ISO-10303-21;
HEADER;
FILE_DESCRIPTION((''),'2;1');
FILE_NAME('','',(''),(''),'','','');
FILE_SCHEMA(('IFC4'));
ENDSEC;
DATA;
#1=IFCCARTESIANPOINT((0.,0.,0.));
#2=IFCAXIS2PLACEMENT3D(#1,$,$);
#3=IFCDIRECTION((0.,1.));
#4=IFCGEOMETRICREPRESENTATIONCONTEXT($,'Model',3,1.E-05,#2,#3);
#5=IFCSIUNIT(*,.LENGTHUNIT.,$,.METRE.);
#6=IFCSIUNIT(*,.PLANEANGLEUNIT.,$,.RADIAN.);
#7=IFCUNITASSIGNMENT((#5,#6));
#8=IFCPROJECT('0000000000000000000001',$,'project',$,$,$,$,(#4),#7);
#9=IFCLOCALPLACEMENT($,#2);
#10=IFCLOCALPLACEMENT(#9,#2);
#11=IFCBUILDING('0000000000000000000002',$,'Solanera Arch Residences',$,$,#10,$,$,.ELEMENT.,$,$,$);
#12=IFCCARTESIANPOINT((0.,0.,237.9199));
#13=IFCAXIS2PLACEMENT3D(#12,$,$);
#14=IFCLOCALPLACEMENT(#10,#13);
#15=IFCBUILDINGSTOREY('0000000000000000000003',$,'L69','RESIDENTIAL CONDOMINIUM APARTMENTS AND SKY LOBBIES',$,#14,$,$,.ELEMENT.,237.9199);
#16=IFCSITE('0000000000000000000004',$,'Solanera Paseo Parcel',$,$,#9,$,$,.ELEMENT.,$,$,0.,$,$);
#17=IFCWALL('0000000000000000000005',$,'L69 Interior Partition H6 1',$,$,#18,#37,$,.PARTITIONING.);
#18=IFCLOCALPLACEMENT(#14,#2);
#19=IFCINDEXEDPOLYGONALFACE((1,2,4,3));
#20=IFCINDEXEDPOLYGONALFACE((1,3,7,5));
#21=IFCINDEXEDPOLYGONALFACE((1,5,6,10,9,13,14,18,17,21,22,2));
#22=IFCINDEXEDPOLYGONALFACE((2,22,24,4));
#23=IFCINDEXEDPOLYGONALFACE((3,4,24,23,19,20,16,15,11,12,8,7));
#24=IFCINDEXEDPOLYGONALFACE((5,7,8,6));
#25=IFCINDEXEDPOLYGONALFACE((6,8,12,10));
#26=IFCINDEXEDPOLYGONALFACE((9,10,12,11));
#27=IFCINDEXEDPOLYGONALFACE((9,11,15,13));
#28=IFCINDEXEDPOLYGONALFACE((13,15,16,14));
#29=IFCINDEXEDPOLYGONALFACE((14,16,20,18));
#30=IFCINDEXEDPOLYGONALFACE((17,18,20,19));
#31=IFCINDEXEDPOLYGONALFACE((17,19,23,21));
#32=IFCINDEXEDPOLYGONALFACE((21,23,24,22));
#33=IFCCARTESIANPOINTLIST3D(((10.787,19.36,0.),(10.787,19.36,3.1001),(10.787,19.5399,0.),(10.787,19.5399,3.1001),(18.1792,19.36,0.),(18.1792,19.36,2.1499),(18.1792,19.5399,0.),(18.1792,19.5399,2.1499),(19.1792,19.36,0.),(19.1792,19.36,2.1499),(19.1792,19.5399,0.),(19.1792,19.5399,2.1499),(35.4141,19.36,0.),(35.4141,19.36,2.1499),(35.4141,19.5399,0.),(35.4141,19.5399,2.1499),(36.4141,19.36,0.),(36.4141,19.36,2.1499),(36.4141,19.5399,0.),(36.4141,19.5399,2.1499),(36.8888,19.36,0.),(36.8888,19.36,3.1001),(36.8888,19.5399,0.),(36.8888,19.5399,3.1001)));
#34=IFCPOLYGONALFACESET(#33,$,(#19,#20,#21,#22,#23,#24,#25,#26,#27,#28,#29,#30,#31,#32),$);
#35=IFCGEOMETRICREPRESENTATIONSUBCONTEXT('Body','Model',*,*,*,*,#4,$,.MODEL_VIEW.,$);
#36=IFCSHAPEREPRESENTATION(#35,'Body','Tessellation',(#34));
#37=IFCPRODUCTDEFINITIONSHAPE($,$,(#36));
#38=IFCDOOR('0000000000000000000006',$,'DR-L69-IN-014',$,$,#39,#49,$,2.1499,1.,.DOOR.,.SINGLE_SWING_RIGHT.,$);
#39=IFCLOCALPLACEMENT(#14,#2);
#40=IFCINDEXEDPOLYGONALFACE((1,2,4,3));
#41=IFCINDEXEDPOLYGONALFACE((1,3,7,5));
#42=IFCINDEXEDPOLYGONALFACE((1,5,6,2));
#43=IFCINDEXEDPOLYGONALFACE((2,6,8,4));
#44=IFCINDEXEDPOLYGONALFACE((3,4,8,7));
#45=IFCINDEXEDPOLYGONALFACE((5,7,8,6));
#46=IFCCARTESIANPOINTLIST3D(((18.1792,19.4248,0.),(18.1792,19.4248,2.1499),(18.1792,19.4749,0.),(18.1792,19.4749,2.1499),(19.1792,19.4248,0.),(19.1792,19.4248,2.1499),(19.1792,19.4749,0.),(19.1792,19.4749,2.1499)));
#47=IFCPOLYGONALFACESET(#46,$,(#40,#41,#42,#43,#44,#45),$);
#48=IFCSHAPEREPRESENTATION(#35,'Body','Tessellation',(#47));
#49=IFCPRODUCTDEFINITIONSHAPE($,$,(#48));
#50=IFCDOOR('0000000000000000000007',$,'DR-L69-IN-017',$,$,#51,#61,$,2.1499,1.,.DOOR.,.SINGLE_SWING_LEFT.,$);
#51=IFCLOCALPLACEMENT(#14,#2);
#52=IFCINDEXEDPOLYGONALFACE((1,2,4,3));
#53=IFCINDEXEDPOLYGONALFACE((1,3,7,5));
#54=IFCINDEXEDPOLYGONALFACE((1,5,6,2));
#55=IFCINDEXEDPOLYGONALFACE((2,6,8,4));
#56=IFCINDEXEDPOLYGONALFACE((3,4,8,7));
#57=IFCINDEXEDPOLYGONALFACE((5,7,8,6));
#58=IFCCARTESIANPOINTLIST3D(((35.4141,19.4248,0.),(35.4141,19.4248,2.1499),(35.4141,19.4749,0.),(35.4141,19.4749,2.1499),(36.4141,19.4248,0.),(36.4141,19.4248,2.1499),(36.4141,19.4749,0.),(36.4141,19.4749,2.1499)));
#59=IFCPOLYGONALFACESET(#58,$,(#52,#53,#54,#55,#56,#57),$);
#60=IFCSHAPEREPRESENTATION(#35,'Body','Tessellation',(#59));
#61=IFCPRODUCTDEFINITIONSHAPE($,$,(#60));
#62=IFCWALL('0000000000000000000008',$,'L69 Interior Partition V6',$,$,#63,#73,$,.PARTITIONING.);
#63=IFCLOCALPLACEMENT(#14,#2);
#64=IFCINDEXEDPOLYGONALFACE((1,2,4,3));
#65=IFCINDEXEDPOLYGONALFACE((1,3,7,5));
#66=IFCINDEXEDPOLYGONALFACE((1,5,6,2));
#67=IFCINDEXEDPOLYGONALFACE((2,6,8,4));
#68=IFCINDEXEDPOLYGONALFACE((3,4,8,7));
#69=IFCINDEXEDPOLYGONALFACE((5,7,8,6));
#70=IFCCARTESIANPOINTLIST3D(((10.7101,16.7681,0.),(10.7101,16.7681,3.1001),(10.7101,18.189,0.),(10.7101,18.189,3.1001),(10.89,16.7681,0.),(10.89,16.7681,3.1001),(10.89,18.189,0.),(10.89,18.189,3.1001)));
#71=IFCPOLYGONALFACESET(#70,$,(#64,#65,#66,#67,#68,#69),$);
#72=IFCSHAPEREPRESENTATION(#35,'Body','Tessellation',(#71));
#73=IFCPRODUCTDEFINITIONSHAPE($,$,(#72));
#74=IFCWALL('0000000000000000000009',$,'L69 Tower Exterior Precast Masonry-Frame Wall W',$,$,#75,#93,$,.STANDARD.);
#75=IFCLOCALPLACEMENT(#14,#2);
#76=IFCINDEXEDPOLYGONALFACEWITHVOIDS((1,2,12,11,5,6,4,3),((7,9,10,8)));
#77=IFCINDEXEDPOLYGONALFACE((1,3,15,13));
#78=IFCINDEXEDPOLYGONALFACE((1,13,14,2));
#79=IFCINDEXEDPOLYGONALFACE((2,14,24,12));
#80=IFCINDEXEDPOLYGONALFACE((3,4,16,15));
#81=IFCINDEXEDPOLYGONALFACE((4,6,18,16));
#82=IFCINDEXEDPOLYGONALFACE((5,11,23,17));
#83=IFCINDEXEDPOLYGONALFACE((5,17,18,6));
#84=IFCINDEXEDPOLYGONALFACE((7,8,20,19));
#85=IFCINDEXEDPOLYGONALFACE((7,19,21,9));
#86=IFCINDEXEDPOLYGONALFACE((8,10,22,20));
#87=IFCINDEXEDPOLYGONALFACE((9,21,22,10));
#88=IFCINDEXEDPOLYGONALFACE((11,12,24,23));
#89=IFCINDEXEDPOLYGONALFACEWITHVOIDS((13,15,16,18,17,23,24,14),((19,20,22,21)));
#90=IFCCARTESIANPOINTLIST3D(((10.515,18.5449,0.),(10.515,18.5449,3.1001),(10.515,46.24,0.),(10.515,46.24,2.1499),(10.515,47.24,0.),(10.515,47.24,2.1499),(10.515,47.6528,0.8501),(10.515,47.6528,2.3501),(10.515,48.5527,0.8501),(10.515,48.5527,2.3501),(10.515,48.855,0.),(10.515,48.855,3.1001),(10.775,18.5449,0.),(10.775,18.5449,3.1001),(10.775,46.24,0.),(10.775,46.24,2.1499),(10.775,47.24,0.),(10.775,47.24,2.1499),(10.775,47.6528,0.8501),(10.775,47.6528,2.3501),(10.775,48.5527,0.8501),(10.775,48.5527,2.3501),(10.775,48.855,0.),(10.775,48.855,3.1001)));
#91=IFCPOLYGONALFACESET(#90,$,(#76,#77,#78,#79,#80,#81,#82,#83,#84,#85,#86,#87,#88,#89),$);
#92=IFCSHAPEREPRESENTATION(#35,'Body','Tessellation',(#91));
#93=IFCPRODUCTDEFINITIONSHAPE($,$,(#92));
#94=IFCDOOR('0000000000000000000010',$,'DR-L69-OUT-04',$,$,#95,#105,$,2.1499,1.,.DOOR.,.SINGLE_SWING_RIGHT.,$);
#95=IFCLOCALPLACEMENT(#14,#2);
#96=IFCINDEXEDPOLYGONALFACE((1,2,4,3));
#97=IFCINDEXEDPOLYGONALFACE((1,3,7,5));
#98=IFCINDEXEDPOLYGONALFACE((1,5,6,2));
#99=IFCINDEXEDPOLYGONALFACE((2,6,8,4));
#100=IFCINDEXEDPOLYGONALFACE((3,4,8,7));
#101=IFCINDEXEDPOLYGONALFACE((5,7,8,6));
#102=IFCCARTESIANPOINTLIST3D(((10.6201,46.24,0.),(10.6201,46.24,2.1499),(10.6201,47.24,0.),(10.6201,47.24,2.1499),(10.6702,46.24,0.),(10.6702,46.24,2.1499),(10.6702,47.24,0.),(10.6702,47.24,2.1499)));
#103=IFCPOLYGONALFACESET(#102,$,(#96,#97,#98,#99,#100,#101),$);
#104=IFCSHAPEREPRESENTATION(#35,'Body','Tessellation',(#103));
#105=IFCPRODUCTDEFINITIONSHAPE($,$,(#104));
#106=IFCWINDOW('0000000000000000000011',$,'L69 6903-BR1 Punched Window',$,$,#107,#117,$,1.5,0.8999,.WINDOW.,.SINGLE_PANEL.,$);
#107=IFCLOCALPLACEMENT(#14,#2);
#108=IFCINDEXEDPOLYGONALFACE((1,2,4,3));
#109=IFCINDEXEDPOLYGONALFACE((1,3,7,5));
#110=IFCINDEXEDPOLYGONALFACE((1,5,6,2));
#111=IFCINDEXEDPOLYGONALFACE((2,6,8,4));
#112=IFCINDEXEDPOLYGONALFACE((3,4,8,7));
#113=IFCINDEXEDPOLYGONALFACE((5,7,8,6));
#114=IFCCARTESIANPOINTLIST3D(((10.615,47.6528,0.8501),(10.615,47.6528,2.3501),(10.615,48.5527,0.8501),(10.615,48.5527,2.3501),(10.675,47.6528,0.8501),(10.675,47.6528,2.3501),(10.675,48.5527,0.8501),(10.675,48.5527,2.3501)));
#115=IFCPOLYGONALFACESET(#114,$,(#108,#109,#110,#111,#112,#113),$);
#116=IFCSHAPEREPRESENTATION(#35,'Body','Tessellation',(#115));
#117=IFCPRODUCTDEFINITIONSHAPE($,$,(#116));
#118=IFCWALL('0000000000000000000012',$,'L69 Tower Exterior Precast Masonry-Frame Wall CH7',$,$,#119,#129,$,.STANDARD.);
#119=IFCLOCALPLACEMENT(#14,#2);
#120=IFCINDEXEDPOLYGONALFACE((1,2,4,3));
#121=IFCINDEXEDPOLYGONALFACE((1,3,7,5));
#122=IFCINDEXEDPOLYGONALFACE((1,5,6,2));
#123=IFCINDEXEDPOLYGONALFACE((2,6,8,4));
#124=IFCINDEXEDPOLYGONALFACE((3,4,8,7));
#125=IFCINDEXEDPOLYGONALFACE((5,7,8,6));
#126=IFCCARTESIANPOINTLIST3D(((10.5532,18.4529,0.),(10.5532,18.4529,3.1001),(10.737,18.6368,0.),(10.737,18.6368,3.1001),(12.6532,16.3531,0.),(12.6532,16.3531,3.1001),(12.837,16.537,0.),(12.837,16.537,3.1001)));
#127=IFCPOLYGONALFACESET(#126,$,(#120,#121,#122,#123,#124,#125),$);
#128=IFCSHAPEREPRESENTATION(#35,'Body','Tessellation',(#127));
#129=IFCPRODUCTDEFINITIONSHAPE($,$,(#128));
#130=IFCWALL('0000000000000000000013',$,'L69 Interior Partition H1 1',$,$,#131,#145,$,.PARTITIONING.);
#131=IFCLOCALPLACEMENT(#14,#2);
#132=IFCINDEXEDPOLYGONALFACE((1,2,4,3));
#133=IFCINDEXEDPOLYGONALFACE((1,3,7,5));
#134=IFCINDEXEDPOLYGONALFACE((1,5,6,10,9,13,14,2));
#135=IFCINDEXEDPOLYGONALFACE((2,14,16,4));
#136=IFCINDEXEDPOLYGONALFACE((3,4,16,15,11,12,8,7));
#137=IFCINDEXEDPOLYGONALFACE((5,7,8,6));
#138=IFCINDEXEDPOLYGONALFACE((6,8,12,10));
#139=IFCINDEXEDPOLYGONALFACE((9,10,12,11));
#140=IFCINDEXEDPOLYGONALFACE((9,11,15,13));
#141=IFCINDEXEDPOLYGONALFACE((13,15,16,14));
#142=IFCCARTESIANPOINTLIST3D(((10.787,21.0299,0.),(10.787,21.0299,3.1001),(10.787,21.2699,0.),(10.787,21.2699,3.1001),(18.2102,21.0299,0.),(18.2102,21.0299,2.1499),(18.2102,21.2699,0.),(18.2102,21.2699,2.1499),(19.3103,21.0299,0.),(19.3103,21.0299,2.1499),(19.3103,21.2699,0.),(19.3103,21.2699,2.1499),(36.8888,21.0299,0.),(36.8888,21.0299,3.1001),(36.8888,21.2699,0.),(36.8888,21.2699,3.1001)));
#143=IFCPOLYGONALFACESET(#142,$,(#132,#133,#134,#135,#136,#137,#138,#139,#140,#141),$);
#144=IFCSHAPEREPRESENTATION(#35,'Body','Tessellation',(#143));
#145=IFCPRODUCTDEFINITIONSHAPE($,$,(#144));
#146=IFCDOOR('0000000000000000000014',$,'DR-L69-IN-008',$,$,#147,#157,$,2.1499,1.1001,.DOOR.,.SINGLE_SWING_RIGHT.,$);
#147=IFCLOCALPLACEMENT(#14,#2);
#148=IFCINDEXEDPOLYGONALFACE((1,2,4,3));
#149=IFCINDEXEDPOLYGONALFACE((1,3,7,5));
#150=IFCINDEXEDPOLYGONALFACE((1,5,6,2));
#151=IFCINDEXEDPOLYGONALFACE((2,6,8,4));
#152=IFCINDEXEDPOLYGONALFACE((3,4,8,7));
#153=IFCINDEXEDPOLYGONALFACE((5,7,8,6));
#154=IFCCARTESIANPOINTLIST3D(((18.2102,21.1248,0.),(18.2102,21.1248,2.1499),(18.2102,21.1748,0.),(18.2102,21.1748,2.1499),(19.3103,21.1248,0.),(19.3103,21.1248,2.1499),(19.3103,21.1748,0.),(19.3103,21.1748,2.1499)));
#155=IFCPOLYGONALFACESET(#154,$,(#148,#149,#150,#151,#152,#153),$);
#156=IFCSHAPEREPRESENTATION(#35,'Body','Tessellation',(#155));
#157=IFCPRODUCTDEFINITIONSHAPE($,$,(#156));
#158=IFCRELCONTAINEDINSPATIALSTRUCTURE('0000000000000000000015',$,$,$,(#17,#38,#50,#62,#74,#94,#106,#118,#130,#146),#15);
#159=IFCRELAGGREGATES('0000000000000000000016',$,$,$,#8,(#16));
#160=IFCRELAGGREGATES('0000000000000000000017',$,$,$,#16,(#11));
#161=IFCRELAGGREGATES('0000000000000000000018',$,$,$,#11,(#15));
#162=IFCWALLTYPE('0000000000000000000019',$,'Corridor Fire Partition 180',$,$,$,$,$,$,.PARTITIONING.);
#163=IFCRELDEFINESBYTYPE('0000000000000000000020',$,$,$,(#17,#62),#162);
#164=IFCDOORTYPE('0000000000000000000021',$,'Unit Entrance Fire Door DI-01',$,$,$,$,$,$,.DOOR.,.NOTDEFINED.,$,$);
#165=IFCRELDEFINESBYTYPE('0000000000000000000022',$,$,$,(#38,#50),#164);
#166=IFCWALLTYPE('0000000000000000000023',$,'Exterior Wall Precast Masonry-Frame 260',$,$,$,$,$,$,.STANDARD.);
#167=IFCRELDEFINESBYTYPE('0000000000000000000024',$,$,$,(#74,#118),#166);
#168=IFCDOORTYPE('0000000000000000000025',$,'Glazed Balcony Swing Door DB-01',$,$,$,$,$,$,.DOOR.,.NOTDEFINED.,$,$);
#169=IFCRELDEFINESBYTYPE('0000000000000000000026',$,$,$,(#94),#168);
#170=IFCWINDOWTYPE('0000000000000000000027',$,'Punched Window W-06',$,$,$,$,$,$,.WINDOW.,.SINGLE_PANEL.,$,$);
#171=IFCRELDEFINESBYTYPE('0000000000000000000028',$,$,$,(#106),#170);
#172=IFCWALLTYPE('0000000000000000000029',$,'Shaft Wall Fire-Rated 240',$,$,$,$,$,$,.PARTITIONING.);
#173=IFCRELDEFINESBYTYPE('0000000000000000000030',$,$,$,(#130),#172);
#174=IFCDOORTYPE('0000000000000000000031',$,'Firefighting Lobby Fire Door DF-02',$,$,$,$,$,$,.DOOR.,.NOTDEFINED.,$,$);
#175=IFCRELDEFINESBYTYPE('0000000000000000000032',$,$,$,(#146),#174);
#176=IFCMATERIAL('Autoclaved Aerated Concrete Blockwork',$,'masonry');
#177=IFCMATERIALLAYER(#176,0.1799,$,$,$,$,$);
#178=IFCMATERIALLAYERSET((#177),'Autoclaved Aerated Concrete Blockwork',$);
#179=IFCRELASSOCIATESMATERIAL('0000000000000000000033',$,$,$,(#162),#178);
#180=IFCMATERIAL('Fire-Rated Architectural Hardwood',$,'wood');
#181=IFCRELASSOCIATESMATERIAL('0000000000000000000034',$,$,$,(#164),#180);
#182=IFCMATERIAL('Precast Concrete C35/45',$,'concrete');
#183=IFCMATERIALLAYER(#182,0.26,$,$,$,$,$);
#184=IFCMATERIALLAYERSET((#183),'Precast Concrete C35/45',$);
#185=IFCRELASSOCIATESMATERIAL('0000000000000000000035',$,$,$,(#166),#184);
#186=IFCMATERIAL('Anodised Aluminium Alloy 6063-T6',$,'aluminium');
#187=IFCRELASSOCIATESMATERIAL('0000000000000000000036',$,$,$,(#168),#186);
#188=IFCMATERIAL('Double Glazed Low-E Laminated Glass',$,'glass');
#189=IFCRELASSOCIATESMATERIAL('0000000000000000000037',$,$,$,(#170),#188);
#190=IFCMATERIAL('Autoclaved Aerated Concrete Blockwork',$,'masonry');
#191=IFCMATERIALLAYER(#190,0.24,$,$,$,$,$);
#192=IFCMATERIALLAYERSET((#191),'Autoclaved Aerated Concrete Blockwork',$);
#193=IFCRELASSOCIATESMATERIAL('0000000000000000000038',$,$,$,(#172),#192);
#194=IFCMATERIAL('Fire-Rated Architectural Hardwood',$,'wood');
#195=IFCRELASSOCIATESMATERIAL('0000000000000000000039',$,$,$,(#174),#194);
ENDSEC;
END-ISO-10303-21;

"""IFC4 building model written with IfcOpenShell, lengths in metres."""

from ifc_helpers import new_model, si_unit, direction, frame, frame_2d, origin, place, context, subcontext, project, spatial, rectangle, extrude, material, layer, layer_set, type_object, element, fill, save


model = new_model("IFC4")

# Units and contexts
model_context = context("Model", 3, precision=1e-05, world=origin(), true_north=direction((0.0, 1.0)))
body_context = subcontext(model_context, "Body", "Model", "MODEL_VIEW")
ifc_project = project(units=[si_unit("LENGTHUNIT", "METRE"), si_unit("PLANEANGLEUNIT", "RADIAN")], contexts=[model_context])

# Site, building, storey
site_placement = place(None, origin())
site = spatial("IfcSite", under=ifc_project, at=site_placement, Name="Solanera Paseo Parcel", CompositionType="ELEMENT", RefElevation=0.0)
building_placement = place(site_placement, origin())
building = spatial("IfcBuilding", under=site, at=building_placement, Name="Solanera Arch Residences", CompositionType="ELEMENT")
storey_placement = place(building_placement, frame((0.0, 0.0, 237.9199)))
storey = spatial("IfcBuildingStorey", under=building, at=storey_placement, Name="L69", Description="RESIDENTIAL CONDOMINIUM APARTMENTS AND SKY LOBBIES", CompositionType="ELEMENT", Elevation=237.9199)

# Wall, openings, doors
ifc_material_1 = material(Name="Autoclaved Aerated Concrete Blockwork", Category="masonry")
ifc_layer_1 = layer(ifc_material_1, 0.1799)
ifc_layer_set_1 = layer_set([ifc_layer_1], Name="Autoclaved Aerated Concrete Blockwork")
wall_type_1 = type_object("IfcWallType", Name="Corridor Fire Partition 180", PredefinedType="PARTITIONING", material=ifc_layer_set_1)
wall_1_placement = place(storey_placement, frame((10.7871, 19.45, 0.0), z_axis=(0.0, 0.0, 1.0), x_axis=(1.0, 0.0, 0.0)))
wall_1 = element("IfcWall", 1, at=wall_1_placement, inside=storey, type_object=wall_type_1, Name="L69 Interior Partition H6 1", PredefinedType="PARTITIONING", context=body_context, shape_type="SweptSolid", body=[
    extrude(rectangle(XDim=26.1018, YDim=0.1799, at=frame_2d((13.0508, 0.0))), origin(), (0.0, 0.0, 1.0), 3.1001),
])
opening_1_placement = place(wall_1_placement, frame((7.3921, 0.0, 0.0)))
opening_1 = element("IfcOpeningElement", 2, at=opening_1_placement, cuts=wall_1, PredefinedType="OPENING", context=body_context, shape_type="SweptSolid", body=[
    extrude(rectangle(XDim=1.0, YDim=2.1499, at=frame_2d((0.5, 1.075))), frame((0.0, 0.1001, 0.0), z_axis=(0.0, -1.0, 0.0), x_axis=(1.0, 0.0, 0.0)), (0.0, 0.0, 1.0), 0.1999),
])
opening_2_placement = place(wall_1_placement, frame((24.627, 0.0, 0.0)))
opening_2 = element("IfcOpeningElement", 3, at=opening_2_placement, cuts=wall_1, PredefinedType="OPENING", context=body_context, shape_type="SweptSolid", body=[
    extrude(rectangle(XDim=1.0, YDim=2.1499, at=frame_2d((0.5, 1.075))), frame((0.0, 0.1001, 0.0), z_axis=(0.0, -1.0, 0.0), x_axis=(1.0, 0.0, 0.0)), (0.0, 0.0, 1.0), 0.1999),
])
ifc_material_2 = material(Name="Fire-Rated Architectural Hardwood", Category="wood")
door_type_1 = type_object("IfcDoorType", Name="Unit Entrance Fire Door DI-01", OperationType="NOTDEFINED", PredefinedType="DOOR", material=ifc_material_2)
door_1_placement = place(opening_1_placement, origin())
door_1 = element("IfcDoor", 4, at=door_1_placement, inside=storey, type_object=door_type_1, Name="DR-L69-IN-014", OperationType="SINGLE_SWING_RIGHT", OverallHeight=2.1499, OverallWidth=1.0, PredefinedType="DOOR", context=body_context, shape_type="SweptSolid", body=[
    extrude(rectangle(XDim=1.0, YDim=2.1499, at=frame_2d((0.5, 1.075))), frame((0.0, 0.0249, 0.0), z_axis=(0.0, -1.0, 0.0), x_axis=(1.0, 0.0, 0.0)), (0.0, 0.0, 1.0), 0.05),
])
fill(opening_1, door_1)
door_2_placement = place(opening_2_placement, origin())
door_2 = element("IfcDoor", 5, at=door_2_placement, inside=storey, type_object=door_type_1, Name="DR-L69-IN-017", OperationType="SINGLE_SWING_LEFT", OverallHeight=2.1499, OverallWidth=1.0, PredefinedType="DOOR", context=body_context, shape_type="SweptSolid", body=[
    extrude(rectangle(XDim=1.0, YDim=2.1499, at=frame_2d((0.5, 1.075))), frame((0.0, 0.0249, 0.0), z_axis=(0.0, -1.0, 0.0), x_axis=(1.0, 0.0, 0.0)), (0.0, 0.0, 1.0), 0.05),
])
fill(opening_2, door_2)

# Wall
wall_2_placement = place(storey_placement, frame((10.8, 16.7681, 0.0), z_axis=(0.0, 0.0, 1.0), x_axis=(0.0, 1.0, 0.0)))
element("IfcWall", 6, at=wall_2_placement, inside=storey, type_object=wall_type_1, Name="L69 Interior Partition V6", PredefinedType="PARTITIONING", context=body_context, shape_type="SweptSolid", body=[
    extrude(rectangle(XDim=1.4209, YDim=0.1799, at=frame_2d((0.7104, 0.0))), origin(), (0.0, 0.0, 1.0), 3.1001),
])

# Wall, openings, door, window
ifc_material_3 = material(Name="Precast Concrete C35/45", Category="concrete")
ifc_layer_2 = layer(ifc_material_3, 0.26)
ifc_layer_set_2 = layer_set([ifc_layer_2], Name="Precast Concrete C35/45")
wall_type_2 = type_object("IfcWallType", Name="Exterior Wall Precast Masonry-Frame 260", PredefinedType="STANDARD", material=ifc_layer_set_2)
wall_3_placement = place(storey_placement, frame((10.645, 18.5449, 0.0), z_axis=(0.0, 0.0, 1.0), x_axis=(0.0, 1.0, 0.0)))
wall_3 = element("IfcWall", 7, at=wall_3_placement, inside=storey, type_object=wall_type_2, Name="L69 Tower Exterior Precast Masonry-Frame Wall W", PredefinedType="STANDARD", context=body_context, shape_type="SweptSolid", body=[
    extrude(rectangle(XDim=30.3101, YDim=0.26, at=frame_2d((15.155, 0.0))), origin(), (0.0, 0.0, 1.0), 3.1001),
])
opening_3_placement = place(wall_3_placement, frame((27.6951, 0.0, 0.0)))
opening_3 = element("IfcOpeningElement", 8, at=opening_3_placement, cuts=wall_3, PredefinedType="OPENING", context=body_context, shape_type="SweptSolid", body=[
    extrude(rectangle(XDim=1.0, YDim=2.1499, at=frame_2d((0.5, 1.075))), frame((0.0, 0.1399, 0.0), z_axis=(0.0, -1.0, 0.0), x_axis=(1.0, 0.0, 0.0)), (0.0, 0.0, 1.0), 0.28),
])
opening_4_placement = place(wall_3_placement, frame((29.1079, 0.0, 0.8501)))
opening_4 = element("IfcOpeningElement", 9, at=opening_4_placement, cuts=wall_3, PredefinedType="OPENING", context=body_context, shape_type="SweptSolid", body=[
    extrude(rectangle(XDim=0.8999, YDim=1.5, at=frame_2d((0.45, 0.75))), frame((0.0, 0.1399, 0.0), z_axis=(0.0, -1.0, 0.0), x_axis=(1.0, 0.0, 0.0)), (0.0, 0.0, 1.0), 0.28),
])
ifc_material_4 = material(Name="Anodised Aluminium Alloy 6063-T6", Category="aluminium")
door_type_2 = type_object("IfcDoorType", Name="Glazed Balcony Swing Door DB-01", OperationType="NOTDEFINED", PredefinedType="DOOR", material=ifc_material_4)
door_3_placement = place(opening_3_placement, origin())
door_3 = element("IfcDoor", 10, at=door_3_placement, inside=storey, type_object=door_type_2, Name="DR-L69-OUT-04", OperationType="SINGLE_SWING_RIGHT", OverallHeight=2.1499, OverallWidth=1.0, PredefinedType="DOOR", context=body_context, shape_type="SweptSolid", body=[
    extrude(rectangle(XDim=1.0, YDim=2.1499, at=frame_2d((0.5, 1.075))), frame((0.0, 0.0249, 0.0), z_axis=(0.0, -1.0, 0.0), x_axis=(1.0, 0.0, 0.0)), (0.0, 0.0, 1.0), 0.05),
])
fill(opening_3, door_3)
ifc_material_5 = material(Name="Double Glazed Low-E Laminated Glass", Category="glass")
window_type = type_object("IfcWindowType", Name="Punched Window W-06", PartitioningType="SINGLE_PANEL", PredefinedType="WINDOW", material=ifc_material_5)
window_placement = place(opening_4_placement, origin())
window = element("IfcWindow", 11, at=window_placement, inside=storey, type_object=window_type, Name="L69 6903-BR1 Punched Window", OverallHeight=1.5, OverallWidth=0.8999, PartitioningType="SINGLE_PANEL", PredefinedType="WINDOW", context=body_context, shape_type="SweptSolid", body=[
    extrude(rectangle(XDim=0.8999, YDim=1.5, at=frame_2d((0.45, 0.75))), frame((0.0, 0.03, 0.0), z_axis=(0.0, -1.0, 0.0), x_axis=(1.0, 0.0, 0.0)), (0.0, 0.0, 1.0), 0.0601),
])
fill(opening_4, window)

# Wall
wall_4_placement = place(storey_placement, frame((12.7451, 16.4451, 0.0), z_axis=(0.0, 0.0, 1.0), x_axis=(-0.707148, 0.707066, 0.0)))
element("IfcWall", 12, at=wall_4_placement, inside=storey, type_object=wall_type_2, Name="L69 Tower Exterior Precast Masonry-Frame Wall CH7", PredefinedType="STANDARD", context=body_context, shape_type="SweptSolid", body=[
    extrude(rectangle(XDim=2.9697, YDim=0.26, at=frame_2d((1.4849, 0.0))), origin(), (0.0, 0.0, 1.0), 3.1001),
])

# Wall, opening, door
ifc_material_6 = material(Name="Autoclaved Aerated Concrete Blockwork", Category="masonry")
ifc_layer_3 = layer(ifc_material_6, 0.24)
ifc_layer_set_3 = layer_set([ifc_layer_3], Name="Autoclaved Aerated Concrete Blockwork")
wall_type_3 = type_object("IfcWallType", Name="Shaft Wall Fire-Rated 240", PredefinedType="PARTITIONING", material=ifc_layer_set_3)
wall_5_placement = place(storey_placement, frame((10.7871, 21.1499, 0.0), z_axis=(0.0, 0.0, 1.0), x_axis=(1.0, 0.0, 0.0)))
wall_5 = element("IfcWall", 13, at=wall_5_placement, inside=storey, type_object=wall_type_3, Name="L69 Interior Partition H1 1", PredefinedType="PARTITIONING", context=body_context, shape_type="SweptSolid", body=[
    extrude(rectangle(XDim=26.1018, YDim=0.24, at=frame_2d((13.0508, 0.0))), origin(), (0.0, 0.0, 1.0), 3.1001),
])
opening_5_placement = place(wall_5_placement, frame((7.4231, 0.0, 0.0)))
opening_5 = element("IfcOpeningElement", 14, at=opening_5_placement, cuts=wall_5, PredefinedType="OPENING", context=body_context, shape_type="SweptSolid", body=[
    extrude(rectangle(XDim=1.1001, YDim=2.1499, at=frame_2d((0.55, 1.075))), frame((0.0, 0.1299, 0.0), z_axis=(0.0, -1.0, 0.0), x_axis=(1.0, 0.0, 0.0)), (0.0, 0.0, 1.0), 0.26),
])
ifc_material_7 = material(Name="Fire-Rated Architectural Hardwood", Category="wood")
door_type_3 = type_object("IfcDoorType", Name="Firefighting Lobby Fire Door DF-02", OperationType="NOTDEFINED", PredefinedType="DOOR", material=ifc_material_7)
door_4_placement = place(opening_5_placement, origin())
door_4 = element("IfcDoor", 15, at=door_4_placement, inside=storey, type_object=door_type_3, Name="DR-L69-IN-008", OperationType="SINGLE_SWING_RIGHT", OverallHeight=2.1499, OverallWidth=1.1001, PredefinedType="DOOR", context=body_context, shape_type="SweptSolid", body=[
    extrude(rectangle(XDim=1.1001, YDim=2.1499, at=frame_2d((0.55, 1.075))), frame((0.0, 0.0249, 0.0), z_axis=(0.0, -1.0, 0.0), x_axis=(1.0, 0.0, 0.0)), (0.0, 0.0, 1.0), 0.05),
])
fill(opening_5, door_4)

save(model, "model.ifc")
